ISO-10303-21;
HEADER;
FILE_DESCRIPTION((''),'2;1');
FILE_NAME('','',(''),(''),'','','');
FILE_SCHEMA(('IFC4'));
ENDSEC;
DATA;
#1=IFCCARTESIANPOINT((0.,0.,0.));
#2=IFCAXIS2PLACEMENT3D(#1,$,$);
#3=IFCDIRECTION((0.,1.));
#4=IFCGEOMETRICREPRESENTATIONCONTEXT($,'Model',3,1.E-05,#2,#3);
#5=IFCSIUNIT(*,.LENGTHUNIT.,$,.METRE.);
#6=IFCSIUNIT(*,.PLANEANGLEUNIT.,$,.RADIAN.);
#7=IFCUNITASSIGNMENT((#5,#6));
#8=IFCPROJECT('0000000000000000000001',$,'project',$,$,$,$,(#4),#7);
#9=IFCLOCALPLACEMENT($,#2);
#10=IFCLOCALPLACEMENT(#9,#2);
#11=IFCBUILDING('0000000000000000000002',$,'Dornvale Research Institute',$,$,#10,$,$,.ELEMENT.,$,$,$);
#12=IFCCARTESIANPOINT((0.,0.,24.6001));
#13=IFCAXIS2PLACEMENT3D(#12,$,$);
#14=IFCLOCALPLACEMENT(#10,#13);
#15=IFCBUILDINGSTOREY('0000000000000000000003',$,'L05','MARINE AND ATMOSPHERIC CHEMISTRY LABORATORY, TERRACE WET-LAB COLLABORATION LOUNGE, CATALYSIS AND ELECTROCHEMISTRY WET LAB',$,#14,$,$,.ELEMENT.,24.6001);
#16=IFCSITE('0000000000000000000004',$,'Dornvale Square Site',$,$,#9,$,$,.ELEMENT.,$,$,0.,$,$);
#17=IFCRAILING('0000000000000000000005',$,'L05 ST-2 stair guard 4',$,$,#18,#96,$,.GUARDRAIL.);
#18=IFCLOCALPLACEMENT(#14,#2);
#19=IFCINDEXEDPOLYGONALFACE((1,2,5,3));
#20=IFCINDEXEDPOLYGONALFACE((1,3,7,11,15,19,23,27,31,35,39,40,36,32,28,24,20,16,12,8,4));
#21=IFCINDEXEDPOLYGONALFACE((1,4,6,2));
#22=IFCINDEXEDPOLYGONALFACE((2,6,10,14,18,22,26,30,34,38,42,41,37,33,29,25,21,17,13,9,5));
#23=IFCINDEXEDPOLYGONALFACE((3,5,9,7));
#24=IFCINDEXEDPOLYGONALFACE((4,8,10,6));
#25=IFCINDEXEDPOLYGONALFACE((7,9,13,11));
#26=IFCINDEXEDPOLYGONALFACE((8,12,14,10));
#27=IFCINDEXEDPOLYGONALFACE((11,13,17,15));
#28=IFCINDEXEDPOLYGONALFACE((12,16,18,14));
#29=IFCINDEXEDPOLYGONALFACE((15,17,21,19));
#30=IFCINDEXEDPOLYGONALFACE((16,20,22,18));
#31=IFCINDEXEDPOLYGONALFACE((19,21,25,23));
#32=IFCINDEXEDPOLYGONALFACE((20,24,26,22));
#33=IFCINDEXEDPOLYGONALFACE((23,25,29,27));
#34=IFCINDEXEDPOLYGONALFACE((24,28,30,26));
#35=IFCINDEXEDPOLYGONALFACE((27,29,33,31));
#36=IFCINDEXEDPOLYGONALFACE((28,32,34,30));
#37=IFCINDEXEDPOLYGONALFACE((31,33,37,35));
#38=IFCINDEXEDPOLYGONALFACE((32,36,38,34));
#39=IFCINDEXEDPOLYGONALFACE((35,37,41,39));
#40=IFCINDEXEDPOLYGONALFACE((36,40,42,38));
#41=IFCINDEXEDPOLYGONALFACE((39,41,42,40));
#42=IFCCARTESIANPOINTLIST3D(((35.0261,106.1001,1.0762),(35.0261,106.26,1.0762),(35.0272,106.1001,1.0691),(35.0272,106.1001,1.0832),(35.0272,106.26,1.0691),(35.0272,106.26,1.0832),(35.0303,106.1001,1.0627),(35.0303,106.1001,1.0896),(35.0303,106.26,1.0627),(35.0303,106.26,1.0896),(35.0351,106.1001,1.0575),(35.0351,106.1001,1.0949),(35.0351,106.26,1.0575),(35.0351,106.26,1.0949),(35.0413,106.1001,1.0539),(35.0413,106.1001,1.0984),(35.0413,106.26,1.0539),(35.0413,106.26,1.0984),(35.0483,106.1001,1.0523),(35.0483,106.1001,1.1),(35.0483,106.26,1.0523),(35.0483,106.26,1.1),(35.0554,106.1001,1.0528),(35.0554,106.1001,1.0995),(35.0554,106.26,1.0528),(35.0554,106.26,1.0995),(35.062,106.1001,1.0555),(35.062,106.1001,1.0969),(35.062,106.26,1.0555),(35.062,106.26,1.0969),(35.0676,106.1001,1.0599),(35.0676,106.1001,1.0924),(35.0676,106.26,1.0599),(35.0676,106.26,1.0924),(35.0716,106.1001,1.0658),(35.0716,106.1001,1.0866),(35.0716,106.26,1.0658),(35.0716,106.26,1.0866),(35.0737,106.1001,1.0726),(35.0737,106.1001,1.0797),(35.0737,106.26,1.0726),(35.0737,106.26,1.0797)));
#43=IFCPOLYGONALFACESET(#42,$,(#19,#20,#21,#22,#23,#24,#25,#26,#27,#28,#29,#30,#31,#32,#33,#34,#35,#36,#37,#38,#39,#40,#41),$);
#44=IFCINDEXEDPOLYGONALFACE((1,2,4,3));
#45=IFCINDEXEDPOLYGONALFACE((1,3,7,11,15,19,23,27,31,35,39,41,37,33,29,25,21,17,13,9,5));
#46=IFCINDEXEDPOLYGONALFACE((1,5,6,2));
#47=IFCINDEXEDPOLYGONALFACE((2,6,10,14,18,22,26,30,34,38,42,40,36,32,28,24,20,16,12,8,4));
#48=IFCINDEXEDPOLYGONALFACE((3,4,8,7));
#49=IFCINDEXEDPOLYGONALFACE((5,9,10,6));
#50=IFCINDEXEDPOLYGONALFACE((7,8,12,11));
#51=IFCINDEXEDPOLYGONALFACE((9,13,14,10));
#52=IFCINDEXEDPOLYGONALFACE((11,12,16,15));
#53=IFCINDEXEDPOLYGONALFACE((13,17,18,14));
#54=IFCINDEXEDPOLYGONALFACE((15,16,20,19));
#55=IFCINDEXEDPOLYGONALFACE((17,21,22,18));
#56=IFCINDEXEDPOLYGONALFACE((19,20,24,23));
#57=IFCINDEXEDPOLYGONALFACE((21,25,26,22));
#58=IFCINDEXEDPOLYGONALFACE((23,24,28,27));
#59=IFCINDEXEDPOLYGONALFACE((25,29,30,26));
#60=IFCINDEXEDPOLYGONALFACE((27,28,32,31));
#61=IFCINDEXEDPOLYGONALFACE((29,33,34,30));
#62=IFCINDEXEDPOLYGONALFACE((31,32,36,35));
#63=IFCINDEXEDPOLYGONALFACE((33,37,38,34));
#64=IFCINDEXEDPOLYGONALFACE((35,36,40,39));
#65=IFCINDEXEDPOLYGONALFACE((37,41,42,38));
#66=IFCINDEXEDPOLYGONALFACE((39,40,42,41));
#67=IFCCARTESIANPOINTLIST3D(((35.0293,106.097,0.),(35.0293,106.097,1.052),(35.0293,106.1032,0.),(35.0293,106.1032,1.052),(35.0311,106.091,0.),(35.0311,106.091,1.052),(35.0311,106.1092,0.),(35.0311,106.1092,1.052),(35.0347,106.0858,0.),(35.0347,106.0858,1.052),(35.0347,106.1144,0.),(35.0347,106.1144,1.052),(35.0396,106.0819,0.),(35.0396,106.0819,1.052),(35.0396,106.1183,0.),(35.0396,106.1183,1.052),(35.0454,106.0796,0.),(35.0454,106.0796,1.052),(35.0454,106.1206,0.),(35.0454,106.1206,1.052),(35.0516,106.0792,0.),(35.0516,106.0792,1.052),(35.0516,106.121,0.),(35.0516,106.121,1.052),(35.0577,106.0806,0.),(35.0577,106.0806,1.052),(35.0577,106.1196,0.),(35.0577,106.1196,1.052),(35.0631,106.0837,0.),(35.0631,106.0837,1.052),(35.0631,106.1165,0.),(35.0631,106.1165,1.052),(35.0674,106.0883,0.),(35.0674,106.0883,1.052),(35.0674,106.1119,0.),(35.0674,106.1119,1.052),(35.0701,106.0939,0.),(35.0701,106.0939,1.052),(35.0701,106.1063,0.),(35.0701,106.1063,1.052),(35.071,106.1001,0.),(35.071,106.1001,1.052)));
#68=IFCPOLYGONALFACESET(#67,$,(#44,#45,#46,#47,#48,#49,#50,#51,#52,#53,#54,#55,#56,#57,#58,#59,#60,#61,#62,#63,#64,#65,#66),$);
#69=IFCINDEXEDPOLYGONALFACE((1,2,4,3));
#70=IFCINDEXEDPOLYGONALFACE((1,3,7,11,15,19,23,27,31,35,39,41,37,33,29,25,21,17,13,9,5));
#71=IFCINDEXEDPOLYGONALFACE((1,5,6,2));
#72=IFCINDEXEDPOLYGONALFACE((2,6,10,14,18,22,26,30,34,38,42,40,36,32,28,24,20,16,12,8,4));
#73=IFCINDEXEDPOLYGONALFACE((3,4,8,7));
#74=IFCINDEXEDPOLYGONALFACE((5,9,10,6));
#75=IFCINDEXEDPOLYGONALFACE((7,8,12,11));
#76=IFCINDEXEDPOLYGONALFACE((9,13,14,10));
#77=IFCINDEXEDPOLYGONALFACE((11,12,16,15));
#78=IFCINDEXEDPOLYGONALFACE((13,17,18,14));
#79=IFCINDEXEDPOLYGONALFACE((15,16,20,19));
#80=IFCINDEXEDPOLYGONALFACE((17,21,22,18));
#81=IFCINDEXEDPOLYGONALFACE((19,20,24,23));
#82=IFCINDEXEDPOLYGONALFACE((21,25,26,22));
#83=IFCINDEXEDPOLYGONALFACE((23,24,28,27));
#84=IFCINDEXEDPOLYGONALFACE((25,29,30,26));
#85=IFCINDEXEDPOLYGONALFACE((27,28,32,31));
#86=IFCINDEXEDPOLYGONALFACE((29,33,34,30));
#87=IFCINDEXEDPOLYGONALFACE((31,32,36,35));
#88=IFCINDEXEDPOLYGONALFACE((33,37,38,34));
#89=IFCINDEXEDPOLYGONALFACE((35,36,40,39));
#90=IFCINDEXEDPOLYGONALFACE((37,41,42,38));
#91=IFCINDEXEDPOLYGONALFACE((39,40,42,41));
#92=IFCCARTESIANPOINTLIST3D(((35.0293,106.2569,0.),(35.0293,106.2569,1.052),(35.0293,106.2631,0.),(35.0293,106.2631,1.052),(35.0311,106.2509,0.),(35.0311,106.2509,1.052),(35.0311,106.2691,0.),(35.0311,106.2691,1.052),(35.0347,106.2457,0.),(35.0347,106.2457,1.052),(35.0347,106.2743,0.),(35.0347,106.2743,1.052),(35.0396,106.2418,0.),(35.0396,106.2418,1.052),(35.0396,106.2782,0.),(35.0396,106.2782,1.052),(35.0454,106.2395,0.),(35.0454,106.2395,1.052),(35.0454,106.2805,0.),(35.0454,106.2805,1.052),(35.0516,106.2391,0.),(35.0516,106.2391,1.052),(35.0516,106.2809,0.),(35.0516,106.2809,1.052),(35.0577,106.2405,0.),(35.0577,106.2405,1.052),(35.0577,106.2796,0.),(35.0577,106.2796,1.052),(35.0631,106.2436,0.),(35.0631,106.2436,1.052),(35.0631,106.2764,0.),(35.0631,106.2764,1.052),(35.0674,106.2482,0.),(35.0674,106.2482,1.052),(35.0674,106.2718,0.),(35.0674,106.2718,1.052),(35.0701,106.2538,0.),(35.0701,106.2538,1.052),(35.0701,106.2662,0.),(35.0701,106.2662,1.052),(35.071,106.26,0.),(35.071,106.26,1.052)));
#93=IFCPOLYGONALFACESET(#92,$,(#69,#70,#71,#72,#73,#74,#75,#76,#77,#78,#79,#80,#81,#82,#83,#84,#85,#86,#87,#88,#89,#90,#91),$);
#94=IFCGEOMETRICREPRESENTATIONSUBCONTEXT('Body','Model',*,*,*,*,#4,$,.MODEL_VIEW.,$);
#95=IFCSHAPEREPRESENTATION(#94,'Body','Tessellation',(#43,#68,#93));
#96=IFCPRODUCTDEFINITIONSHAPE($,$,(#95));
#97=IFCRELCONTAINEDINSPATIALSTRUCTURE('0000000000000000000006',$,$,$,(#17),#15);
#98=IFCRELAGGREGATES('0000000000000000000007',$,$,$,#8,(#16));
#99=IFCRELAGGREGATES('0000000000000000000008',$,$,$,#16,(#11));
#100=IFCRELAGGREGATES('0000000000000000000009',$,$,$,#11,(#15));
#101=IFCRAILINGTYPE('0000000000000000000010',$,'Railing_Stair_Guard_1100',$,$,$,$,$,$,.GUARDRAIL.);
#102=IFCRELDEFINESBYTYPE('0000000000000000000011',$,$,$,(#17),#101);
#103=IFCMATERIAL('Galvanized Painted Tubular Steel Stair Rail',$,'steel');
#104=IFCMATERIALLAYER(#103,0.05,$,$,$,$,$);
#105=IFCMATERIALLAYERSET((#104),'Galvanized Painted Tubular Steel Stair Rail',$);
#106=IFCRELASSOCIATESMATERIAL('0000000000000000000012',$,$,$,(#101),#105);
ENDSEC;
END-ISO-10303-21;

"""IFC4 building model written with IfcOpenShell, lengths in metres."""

from ifc_helpers import new_model, si_unit, direction, frame, origin, origin_2d, place, context, subcontext, project, spatial, circle, extrude, material, layer, layer_set, type_object, element, save


model = new_model("IFC4")

# Units and contexts
model_context = context("Model", 3, precision=1e-05, world=origin(), true_north=direction((0.0, 1.0)))
body_context = subcontext(model_context, "Body", "Model", "MODEL_VIEW")
ifc_project = project(units=[si_unit("LENGTHUNIT", "METRE"), si_unit("PLANEANGLEUNIT", "RADIAN")], contexts=[model_context])

# Site, building, storey
site_placement = place(None, origin())
site = spatial("IfcSite", under=ifc_project, at=site_placement, Name="Dornvale Square Site", CompositionType="ELEMENT", RefElevation=0.0)
building_placement = place(site_placement, origin())
building = spatial("IfcBuilding", under=site, at=building_placement, Name="Dornvale Research Institute", CompositionType="ELEMENT")
storey_placement = place(building_placement, frame((0.0, 0.0, 24.6001)))
storey = spatial("IfcBuildingStorey", under=building, at=storey_placement, Name="L05", Description="MARINE AND ATMOSPHERIC CHEMISTRY LABORATORY, TERRACE WET-LAB COLLABORATION LOUNGE, CATALYSIS AND ELECTROCHEMISTRY WET LAB", CompositionType="ELEMENT", Elevation=24.6001)

# Railing
ifc_material_1 = material(Name="Galvanized Painted Tubular Steel Stair Rail", Category="steel")
ifc_layer_1 = layer(ifc_material_1, 0.05)
ifc_layer_set_1 = layer_set([ifc_layer_1], Name="Galvanized Painted Tubular Steel Stair Rail")
railing_type_1 = type_object("IfcRailingType", Name="Railing_Stair_Guard_1100", PredefinedType="GUARDRAIL", material=ifc_layer_set_1)
railing_1_placement = place(storey_placement, frame((35.05, 106.1001, 0.0)))
element("IfcRailing", 1, at=railing_1_placement, inside=storey, type_object=railing_type_1, Name="L05 ST-2 stair guard 4", PredefinedType="GUARDRAIL", context=body_context, shape_type="SweptSolid", body=[
    extrude(circle(Radius=0.0239, at=origin_2d()), frame((0.0, 0.0, 1.0762), z_axis=(0.0, 1.0, 0.0), x_axis=(-1.0, 0.0, 0.0)), (0.0, 0.0, 1.0), 0.1599),
    extrude(circle(Radius=0.021, at=origin_2d()), origin(), (0.0, 0.0, 1.0), 1.052),
    extrude(circle(Radius=0.021, at=origin_2d()), frame((0.0, 0.1599, 0.0)), (0.0, 0.0, 1.0), 1.052),
])

save(model, "model.ifc")
